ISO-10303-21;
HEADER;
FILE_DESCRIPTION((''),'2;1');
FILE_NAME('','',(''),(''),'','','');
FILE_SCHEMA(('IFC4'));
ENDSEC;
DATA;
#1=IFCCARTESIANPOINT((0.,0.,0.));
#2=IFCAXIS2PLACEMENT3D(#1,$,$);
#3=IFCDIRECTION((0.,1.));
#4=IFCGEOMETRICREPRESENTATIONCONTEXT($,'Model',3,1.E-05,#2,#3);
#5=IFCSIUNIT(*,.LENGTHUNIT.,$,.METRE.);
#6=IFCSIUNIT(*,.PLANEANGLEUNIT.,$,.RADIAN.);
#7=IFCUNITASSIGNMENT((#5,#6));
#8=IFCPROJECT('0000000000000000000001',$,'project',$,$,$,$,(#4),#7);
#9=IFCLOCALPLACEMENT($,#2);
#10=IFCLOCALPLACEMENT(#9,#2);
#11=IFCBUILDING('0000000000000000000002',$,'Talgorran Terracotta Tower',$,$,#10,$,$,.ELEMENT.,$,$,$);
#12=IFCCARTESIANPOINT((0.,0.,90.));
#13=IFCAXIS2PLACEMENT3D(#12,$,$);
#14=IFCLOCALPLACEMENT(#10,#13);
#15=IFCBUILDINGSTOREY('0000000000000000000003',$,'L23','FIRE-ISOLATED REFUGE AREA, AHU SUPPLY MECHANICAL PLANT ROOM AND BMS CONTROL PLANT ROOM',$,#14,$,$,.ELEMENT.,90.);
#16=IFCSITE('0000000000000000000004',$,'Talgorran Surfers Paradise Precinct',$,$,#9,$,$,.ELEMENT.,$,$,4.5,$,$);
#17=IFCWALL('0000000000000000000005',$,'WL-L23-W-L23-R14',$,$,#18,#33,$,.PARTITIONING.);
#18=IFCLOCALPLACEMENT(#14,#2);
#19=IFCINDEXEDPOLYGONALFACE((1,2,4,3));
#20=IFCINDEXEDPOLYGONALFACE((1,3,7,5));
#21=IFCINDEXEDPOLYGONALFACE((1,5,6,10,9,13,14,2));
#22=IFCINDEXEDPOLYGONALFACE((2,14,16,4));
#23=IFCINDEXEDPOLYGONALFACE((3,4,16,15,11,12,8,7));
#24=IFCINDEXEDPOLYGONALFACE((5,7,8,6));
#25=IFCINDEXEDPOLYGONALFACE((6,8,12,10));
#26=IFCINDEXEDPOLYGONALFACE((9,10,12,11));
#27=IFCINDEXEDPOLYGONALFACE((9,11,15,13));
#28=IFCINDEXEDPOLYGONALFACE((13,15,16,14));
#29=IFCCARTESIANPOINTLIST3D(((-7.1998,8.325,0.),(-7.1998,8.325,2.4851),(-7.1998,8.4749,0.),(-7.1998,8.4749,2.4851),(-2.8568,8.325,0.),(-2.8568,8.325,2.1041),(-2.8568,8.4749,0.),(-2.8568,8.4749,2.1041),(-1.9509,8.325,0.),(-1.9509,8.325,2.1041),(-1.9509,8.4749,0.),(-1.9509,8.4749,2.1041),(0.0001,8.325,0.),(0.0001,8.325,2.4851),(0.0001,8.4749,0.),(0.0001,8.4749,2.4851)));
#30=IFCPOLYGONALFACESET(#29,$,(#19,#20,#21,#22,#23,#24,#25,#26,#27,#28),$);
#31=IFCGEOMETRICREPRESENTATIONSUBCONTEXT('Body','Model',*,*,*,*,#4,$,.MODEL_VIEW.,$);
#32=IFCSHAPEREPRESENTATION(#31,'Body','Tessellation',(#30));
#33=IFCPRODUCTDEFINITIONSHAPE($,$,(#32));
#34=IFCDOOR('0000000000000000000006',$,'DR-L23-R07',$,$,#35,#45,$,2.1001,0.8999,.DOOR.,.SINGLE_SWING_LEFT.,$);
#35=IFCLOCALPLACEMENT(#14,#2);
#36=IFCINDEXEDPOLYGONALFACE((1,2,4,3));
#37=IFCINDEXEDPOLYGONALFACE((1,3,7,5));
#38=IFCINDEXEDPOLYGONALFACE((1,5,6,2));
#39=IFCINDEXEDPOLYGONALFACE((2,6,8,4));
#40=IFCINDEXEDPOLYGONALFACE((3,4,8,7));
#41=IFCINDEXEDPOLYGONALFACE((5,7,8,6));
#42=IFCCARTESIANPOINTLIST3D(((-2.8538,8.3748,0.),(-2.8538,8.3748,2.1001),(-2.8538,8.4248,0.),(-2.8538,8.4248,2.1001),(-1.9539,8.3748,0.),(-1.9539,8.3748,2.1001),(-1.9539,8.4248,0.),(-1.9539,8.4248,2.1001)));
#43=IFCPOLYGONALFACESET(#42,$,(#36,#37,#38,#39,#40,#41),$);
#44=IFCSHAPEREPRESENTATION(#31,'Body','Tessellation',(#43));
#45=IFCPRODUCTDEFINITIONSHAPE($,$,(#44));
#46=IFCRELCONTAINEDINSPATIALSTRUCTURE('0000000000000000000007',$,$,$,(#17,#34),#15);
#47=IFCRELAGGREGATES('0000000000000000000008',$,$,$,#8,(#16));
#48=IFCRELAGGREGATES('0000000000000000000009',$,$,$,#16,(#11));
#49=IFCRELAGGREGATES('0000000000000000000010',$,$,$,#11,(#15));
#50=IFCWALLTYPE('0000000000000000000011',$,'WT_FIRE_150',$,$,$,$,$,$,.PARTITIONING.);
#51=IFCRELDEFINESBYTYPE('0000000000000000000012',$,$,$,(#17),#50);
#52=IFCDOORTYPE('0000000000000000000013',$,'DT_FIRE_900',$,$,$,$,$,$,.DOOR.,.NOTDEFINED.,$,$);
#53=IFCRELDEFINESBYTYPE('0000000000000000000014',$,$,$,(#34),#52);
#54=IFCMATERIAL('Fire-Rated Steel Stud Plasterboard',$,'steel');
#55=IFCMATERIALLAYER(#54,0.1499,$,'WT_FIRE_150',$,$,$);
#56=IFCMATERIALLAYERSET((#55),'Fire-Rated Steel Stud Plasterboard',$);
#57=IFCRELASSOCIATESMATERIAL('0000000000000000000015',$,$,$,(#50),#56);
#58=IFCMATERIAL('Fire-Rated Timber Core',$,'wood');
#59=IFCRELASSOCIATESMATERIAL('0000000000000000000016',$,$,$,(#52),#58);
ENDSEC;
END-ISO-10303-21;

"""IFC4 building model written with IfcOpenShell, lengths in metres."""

from ifc_helpers import new_model, si_unit, direction, frame, frame_2d, origin, place, context, subcontext, project, spatial, rectangle, extrude, material, layer, layer_set, type_object, element, fill, save


model = new_model("IFC4")

# Units and contexts
model_context = context("Model", 3, precision=1e-05, world=origin(), true_north=direction((0.0, 1.0)))
body_context = subcontext(model_context, "Body", "Model", "MODEL_VIEW")
ifc_project = project(units=[si_unit("LENGTHUNIT", "METRE"), si_unit("PLANEANGLEUNIT", "RADIAN")], contexts=[model_context])

# Site, building, storey
site_placement = place(None, origin())
site = spatial("IfcSite", under=ifc_project, at=site_placement, Name="Talgorran Surfers Paradise Precinct", CompositionType="ELEMENT", RefElevation=4.5)
building_placement = place(site_placement, origin())
building = spatial("IfcBuilding", under=site, at=building_placement, Name="Talgorran Terracotta Tower", CompositionType="ELEMENT")
storey_placement = place(building_placement, frame((0.0, 0.0, 90.0)))
storey = spatial("IfcBuildingStorey", under=building, at=storey_placement, Name="L23", Description="FIRE-ISOLATED REFUGE AREA, AHU SUPPLY MECHANICAL PLANT ROOM AND BMS CONTROL PLANT ROOM", CompositionType="ELEMENT", Elevation=90.0)

# Wall, opening, door
ifc_material_1 = material(Name="Fire-Rated Steel Stud Plasterboard", Category="steel")
ifc_layer_1 = layer(ifc_material_1, 0.1499, Name="WT_FIRE_150")
ifc_layer_set_1 = layer_set([ifc_layer_1], Name="Fire-Rated Steel Stud Plasterboard")
wall_type = type_object("IfcWallType", Name="WT_FIRE_150", PredefinedType="PARTITIONING", material=ifc_layer_set_1)
ifc_material_2 = material(Name="Fire-Rated Timber Core", Category="wood")
door_type = type_object("IfcDoorType", Name="DT_FIRE_900", OperationType="NOTDEFINED", PredefinedType="DOOR", material=ifc_material_2)
wall_1_placement = place(storey_placement, frame((-7.2, 8.3999, 0.0), z_axis=(0.0, 0.0, 1.0), x_axis=(1.0, 0.0, 0.0)))
wall_1 = element("IfcWall", 1, at=wall_1_placement, inside=storey, type_object=wall_type, Name="WL-L23-W-L23-R14", PredefinedType="PARTITIONING", context=body_context, shape_type="SweptSolid", body=[
    extrude(rectangle(XDim=7.2, YDim=0.1499, at=frame_2d((3.6001, 0.0))), origin(), (0.0, 0.0, 1.0), 2.4851),
])
opening_1_placement = place(wall_1_placement, frame((4.3462, 0.0, 0.0)))
opening_1 = element("IfcOpeningElement", 2, at=opening_1_placement, cuts=wall_1, PredefinedType="OPENING", context=body_context, shape_type="SweptSolid", body=[
    extrude(rectangle(XDim=0.9059, YDim=2.1041, at=frame_2d((0.45, 1.052))), frame((0.0, 0.085, 0.0), z_axis=(0.0, -1.0, 0.0), x_axis=(1.0, 0.0, 0.0)), (0.0, 0.0, 1.0), 0.1699),
])
door_1_placement = place(opening_1_placement, origin())
door_1 = element("IfcDoor", 3, at=door_1_placement, inside=storey, type_object=door_type, Name="DR-L23-R07", OperationType="SINGLE_SWING_LEFT", OverallHeight=2.1001, OverallWidth=0.8999, PredefinedType="DOOR", context=body_context, shape_type="SweptSolid", body=[
    extrude(rectangle(XDim=0.8999, YDim=2.1001, at=frame_2d((0.45, 1.05))), frame((0.0, 0.0249, 0.0), z_axis=(0.0, -1.0, 0.0), x_axis=(1.0, 0.0, 0.0)), (0.0, 0.0, 1.0), 0.05),
])
fill(opening_1, door_1)

save(model, "model.ifc")
